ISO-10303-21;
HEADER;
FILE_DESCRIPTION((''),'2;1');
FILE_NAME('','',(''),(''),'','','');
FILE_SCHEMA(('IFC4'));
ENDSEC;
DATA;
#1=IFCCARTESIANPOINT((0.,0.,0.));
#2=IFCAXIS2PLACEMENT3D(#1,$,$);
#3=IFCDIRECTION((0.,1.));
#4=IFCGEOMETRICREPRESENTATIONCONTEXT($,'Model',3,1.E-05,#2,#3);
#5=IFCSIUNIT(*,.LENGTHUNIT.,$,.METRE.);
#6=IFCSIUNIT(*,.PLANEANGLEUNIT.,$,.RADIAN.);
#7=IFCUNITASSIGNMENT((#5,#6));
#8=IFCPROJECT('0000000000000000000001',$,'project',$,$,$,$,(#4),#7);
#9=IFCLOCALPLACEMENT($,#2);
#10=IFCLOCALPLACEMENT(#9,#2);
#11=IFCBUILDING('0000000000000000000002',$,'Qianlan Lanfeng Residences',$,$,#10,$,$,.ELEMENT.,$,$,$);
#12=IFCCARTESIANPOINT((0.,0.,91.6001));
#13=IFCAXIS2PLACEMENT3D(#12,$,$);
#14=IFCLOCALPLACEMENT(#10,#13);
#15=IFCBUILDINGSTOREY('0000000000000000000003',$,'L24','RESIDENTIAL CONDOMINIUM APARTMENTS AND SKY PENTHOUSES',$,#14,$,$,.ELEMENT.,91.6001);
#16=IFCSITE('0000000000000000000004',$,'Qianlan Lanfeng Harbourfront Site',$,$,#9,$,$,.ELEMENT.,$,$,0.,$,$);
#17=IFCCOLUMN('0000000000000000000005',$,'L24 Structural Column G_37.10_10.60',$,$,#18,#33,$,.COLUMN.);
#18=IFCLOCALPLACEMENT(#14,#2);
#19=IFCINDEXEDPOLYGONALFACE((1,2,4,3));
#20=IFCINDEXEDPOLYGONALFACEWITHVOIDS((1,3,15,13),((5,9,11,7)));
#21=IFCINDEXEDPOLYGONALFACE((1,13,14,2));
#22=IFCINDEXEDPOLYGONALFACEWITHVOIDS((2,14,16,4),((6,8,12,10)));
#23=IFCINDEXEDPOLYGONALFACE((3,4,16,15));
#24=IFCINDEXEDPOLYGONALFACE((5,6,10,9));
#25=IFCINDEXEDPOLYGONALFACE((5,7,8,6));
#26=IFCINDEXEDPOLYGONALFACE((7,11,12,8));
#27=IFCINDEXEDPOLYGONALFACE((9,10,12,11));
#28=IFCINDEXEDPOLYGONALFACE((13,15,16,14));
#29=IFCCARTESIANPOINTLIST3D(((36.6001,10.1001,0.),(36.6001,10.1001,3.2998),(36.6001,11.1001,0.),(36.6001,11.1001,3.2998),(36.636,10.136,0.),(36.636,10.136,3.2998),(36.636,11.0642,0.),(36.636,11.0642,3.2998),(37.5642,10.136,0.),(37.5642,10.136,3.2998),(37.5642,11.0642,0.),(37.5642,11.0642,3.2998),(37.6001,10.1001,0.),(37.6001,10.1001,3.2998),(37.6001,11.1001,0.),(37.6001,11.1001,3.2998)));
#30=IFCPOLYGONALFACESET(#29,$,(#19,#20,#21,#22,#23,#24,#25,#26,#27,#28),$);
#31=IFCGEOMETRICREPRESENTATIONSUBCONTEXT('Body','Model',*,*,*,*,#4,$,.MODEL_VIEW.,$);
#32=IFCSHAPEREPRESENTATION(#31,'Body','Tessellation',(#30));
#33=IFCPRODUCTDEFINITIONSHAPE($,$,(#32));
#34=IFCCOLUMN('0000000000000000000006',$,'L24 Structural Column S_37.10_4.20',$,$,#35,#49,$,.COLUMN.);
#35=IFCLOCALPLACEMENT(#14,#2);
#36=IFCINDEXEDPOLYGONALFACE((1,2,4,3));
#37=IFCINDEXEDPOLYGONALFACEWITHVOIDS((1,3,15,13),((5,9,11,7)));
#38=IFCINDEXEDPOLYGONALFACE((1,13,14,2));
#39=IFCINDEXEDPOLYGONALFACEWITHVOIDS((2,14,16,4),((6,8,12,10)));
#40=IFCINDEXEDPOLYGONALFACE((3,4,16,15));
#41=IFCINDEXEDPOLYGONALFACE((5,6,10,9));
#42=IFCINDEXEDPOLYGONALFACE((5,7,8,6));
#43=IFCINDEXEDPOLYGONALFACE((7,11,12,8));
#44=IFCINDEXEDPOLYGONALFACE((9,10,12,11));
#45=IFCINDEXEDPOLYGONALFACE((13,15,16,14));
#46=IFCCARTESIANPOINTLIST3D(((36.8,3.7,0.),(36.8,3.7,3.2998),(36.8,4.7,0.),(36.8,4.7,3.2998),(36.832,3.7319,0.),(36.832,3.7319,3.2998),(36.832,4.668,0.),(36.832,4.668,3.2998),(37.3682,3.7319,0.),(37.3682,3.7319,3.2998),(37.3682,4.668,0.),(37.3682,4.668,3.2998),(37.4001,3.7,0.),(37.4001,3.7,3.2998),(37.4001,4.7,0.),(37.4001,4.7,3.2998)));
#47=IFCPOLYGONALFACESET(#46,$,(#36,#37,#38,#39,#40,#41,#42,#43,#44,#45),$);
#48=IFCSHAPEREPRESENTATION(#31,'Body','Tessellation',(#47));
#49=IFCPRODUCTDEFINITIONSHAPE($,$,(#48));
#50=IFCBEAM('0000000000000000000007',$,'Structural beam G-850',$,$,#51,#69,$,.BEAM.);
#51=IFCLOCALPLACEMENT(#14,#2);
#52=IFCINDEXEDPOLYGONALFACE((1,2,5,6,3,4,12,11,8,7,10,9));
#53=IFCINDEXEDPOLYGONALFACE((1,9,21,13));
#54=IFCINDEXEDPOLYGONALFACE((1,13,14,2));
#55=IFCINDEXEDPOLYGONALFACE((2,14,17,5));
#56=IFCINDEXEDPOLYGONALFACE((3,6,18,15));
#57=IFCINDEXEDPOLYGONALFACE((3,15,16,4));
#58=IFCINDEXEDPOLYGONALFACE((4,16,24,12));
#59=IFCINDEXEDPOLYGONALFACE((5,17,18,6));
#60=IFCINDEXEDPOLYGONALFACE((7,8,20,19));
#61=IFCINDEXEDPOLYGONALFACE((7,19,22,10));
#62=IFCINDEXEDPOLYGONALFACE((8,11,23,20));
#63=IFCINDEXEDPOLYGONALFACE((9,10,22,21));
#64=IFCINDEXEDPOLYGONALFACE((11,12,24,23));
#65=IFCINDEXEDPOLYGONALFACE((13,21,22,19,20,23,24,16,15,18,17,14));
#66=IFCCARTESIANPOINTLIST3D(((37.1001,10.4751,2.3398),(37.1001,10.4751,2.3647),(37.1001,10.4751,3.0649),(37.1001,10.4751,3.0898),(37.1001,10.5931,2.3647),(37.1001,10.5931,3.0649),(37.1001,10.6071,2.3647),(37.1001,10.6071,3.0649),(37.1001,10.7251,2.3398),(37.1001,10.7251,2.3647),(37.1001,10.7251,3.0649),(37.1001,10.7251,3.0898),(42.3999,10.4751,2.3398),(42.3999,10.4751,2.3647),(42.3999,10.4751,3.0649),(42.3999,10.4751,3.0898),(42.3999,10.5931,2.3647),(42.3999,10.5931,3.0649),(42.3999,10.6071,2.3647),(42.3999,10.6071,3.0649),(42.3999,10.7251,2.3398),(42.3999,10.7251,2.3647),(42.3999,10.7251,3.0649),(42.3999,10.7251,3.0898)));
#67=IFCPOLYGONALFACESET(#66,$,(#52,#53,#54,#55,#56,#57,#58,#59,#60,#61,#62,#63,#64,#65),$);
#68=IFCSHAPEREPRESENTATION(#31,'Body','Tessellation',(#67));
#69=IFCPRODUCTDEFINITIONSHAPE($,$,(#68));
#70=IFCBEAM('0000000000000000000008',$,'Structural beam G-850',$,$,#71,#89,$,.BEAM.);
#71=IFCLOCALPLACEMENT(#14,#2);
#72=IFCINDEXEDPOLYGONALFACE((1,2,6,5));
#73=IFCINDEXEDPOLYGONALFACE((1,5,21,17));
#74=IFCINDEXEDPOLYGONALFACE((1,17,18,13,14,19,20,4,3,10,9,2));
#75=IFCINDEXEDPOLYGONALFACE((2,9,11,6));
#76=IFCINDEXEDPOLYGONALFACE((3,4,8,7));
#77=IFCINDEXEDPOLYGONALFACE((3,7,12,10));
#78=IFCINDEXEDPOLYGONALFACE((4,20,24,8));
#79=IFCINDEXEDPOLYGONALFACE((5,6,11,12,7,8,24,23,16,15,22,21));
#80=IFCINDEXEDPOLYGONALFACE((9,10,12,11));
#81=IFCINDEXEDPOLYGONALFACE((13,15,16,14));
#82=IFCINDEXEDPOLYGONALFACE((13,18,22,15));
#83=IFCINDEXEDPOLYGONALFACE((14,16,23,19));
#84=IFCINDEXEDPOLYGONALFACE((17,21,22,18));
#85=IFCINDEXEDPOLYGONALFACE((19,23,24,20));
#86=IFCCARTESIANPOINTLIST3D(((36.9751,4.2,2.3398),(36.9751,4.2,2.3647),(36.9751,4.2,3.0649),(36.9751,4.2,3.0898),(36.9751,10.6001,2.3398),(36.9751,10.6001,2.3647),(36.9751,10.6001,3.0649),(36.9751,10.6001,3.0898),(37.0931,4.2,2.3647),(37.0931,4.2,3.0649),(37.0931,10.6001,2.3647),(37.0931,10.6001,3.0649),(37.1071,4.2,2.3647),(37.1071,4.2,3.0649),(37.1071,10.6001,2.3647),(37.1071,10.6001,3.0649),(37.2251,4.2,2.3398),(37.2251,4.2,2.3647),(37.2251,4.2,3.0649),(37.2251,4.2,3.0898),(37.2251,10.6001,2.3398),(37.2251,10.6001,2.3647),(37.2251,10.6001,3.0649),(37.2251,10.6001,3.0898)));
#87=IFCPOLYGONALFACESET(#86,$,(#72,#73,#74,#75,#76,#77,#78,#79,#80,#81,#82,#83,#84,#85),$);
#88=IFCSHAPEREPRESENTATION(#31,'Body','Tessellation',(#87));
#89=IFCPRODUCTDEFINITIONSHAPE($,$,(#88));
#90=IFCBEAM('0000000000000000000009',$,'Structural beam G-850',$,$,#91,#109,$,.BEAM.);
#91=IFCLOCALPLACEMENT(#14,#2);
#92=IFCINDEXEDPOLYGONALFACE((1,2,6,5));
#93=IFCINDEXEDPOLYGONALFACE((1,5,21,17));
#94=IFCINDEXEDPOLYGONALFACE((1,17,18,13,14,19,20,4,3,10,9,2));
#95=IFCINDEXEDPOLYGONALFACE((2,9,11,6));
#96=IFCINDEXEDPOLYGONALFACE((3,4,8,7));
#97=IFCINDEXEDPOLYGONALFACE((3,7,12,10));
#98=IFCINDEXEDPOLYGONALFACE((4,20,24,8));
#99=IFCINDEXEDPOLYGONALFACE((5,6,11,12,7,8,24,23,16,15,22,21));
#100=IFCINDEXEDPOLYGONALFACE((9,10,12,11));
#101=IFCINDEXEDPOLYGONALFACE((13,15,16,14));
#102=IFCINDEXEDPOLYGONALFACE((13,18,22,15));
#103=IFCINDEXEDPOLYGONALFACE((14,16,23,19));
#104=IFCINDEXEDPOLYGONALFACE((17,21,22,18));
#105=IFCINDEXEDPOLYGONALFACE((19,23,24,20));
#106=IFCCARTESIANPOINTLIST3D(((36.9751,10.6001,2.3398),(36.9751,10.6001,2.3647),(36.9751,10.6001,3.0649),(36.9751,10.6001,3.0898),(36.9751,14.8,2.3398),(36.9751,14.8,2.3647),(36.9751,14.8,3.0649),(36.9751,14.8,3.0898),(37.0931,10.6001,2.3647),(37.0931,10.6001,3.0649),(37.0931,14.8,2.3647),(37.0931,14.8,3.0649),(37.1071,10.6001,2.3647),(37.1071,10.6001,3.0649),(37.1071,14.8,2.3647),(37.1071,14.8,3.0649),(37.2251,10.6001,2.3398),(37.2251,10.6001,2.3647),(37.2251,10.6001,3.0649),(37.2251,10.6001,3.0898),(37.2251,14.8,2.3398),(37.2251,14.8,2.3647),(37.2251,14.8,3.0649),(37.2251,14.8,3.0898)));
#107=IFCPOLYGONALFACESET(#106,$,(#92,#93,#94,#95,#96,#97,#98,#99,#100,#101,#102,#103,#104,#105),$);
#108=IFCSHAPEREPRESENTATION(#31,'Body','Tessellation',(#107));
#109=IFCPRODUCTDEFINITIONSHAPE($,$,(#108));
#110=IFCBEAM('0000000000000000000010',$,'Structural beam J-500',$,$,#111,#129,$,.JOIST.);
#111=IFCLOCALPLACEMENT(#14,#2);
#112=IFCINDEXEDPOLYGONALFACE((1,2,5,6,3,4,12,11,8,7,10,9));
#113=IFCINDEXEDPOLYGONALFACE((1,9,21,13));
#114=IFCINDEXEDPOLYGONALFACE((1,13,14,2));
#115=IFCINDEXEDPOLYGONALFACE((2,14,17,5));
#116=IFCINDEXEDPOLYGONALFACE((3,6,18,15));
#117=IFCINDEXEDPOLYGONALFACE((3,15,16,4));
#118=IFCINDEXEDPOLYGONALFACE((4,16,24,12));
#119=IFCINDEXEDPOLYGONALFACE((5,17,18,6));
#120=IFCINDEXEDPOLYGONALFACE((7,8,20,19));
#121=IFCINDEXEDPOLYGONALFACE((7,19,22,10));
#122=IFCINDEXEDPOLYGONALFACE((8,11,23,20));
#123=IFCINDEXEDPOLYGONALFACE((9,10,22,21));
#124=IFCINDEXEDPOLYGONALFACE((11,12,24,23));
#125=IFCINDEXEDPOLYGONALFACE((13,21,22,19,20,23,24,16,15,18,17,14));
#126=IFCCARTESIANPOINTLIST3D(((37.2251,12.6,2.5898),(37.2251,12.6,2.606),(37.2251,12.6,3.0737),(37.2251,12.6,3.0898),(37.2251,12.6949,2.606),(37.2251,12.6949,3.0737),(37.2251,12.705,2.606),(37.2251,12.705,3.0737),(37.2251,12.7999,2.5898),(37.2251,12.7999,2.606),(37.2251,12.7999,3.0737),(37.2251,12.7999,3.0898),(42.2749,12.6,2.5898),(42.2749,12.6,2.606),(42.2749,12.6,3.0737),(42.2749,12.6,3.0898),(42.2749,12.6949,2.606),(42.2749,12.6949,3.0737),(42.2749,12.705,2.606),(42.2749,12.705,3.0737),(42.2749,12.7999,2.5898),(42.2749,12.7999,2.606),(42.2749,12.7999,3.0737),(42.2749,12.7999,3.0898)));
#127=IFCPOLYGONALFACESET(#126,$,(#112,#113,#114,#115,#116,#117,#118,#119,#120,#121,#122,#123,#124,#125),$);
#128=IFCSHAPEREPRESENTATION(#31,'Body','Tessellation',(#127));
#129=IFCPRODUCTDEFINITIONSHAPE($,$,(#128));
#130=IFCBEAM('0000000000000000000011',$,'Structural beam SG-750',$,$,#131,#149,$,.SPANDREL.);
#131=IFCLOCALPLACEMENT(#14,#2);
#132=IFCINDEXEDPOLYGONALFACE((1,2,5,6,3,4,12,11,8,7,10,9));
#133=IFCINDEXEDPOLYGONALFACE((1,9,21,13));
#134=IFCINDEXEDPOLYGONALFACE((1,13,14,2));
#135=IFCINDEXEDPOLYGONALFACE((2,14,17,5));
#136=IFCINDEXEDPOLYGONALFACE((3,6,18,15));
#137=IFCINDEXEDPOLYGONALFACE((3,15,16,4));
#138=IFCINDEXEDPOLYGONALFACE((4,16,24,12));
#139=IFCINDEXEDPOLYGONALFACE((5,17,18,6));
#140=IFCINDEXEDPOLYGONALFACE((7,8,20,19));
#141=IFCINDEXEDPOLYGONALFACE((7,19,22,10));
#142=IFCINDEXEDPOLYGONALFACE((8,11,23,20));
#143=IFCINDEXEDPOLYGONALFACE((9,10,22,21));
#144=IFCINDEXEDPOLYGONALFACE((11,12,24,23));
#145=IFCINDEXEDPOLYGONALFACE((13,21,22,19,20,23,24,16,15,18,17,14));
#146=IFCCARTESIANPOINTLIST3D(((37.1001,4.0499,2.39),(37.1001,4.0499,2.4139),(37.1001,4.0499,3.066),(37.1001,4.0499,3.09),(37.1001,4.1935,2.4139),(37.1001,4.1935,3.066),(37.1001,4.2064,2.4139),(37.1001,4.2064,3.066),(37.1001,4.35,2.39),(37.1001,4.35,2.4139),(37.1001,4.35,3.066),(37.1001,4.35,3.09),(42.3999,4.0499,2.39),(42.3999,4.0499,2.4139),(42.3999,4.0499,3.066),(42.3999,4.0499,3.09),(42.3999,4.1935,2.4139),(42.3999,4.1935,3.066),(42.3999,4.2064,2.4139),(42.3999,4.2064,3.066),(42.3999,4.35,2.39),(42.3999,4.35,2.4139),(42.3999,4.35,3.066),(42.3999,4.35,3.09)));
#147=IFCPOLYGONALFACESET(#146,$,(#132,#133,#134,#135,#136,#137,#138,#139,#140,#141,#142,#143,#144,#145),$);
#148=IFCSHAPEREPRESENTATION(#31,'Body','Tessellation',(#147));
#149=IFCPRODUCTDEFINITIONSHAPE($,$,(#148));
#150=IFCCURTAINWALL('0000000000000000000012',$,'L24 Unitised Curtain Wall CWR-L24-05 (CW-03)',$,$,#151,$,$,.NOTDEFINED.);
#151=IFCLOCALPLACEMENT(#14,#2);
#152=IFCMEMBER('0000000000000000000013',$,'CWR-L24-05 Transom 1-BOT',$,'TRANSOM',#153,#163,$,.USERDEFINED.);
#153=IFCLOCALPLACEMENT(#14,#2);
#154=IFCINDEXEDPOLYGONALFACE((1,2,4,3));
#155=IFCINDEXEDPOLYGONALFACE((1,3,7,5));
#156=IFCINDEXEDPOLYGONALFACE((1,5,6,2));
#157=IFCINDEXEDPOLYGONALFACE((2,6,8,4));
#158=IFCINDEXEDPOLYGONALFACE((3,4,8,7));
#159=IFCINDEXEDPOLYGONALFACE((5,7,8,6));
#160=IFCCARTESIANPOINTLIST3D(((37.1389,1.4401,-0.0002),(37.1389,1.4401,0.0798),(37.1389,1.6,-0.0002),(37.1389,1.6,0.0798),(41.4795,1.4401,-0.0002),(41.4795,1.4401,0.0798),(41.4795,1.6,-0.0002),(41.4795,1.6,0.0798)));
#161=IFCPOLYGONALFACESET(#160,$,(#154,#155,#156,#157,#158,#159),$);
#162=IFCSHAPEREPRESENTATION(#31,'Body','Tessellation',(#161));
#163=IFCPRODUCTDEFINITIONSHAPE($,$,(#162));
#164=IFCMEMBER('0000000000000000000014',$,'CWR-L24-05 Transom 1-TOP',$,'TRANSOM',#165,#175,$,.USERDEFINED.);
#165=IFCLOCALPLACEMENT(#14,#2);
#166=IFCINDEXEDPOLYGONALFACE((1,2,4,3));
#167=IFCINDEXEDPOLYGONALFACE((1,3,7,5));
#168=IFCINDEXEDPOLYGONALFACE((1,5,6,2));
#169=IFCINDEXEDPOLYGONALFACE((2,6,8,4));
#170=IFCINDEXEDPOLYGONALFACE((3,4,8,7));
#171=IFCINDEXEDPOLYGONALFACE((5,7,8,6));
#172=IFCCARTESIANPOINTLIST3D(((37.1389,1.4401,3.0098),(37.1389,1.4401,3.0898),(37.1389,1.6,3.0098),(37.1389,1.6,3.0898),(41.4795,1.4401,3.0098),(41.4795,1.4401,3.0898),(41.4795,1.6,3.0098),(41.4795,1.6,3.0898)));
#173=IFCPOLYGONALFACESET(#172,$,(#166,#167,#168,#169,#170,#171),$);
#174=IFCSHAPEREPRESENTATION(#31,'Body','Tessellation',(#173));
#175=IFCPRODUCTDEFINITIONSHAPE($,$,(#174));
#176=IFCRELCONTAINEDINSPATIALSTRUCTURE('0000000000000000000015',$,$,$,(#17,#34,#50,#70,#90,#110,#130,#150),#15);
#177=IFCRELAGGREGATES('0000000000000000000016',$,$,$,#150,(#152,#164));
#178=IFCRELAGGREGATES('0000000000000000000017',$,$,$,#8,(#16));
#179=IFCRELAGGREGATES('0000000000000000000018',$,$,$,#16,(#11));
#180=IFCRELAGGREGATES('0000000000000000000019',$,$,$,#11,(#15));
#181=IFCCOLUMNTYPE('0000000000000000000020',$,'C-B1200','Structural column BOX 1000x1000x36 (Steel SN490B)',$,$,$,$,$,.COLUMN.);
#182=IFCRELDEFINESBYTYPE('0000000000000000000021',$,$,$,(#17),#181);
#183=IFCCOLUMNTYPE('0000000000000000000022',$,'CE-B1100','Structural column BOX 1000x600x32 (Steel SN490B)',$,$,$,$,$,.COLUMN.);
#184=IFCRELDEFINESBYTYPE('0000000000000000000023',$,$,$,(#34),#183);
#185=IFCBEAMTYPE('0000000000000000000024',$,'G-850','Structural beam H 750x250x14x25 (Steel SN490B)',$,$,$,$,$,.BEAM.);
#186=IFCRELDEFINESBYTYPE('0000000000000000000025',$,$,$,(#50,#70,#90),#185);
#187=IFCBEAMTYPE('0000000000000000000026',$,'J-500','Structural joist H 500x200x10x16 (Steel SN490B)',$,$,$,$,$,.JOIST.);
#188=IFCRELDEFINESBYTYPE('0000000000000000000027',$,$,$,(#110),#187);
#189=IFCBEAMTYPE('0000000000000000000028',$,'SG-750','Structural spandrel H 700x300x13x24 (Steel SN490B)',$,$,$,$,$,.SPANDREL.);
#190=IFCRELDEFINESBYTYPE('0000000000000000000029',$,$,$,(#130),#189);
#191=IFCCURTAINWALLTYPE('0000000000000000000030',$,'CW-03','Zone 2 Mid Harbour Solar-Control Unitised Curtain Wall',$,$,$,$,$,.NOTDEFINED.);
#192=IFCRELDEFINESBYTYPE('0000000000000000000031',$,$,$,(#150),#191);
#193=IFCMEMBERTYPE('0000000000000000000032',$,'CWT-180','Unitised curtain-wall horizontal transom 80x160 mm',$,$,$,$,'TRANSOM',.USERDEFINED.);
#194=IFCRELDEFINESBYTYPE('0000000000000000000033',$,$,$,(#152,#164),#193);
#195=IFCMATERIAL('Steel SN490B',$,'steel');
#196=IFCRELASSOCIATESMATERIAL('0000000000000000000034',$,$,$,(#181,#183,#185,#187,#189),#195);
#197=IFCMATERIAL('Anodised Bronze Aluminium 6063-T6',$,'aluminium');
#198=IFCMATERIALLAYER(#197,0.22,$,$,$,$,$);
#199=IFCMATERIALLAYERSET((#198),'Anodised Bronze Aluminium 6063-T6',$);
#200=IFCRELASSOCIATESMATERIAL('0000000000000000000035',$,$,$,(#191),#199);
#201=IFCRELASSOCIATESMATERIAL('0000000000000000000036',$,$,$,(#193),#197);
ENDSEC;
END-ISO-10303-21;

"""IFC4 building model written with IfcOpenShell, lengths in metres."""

from ifc_helpers import new_model, si_unit, direction, frame, origin, origin_2d, place, context, subcontext, project, spatial, rectangle, hollow_rectangle, i_section, extrude, source, transform, mapped, material, layer, layer_set, material_profile, profile_set, type_object, element, aggregate, save


model = new_model("IFC4")

# Units and contexts
model_context = context("Model", 3, precision=1e-05, world=origin(), true_north=direction((0.0, 1.0)))
body_context = subcontext(model_context, "Body", "Model", "MODEL_VIEW")
ifc_project = project(units=[si_unit("LENGTHUNIT", "METRE"), si_unit("PLANEANGLEUNIT", "RADIAN")], contexts=[model_context])

# Site, building, storey
site_placement = place(None, origin())
site = spatial("IfcSite", under=ifc_project, at=site_placement, Name="Qianlan Lanfeng Harbourfront Site", CompositionType="ELEMENT", RefElevation=0.0)
building_placement = place(site_placement, origin())
building = spatial("IfcBuilding", under=site, at=building_placement, Name="Qianlan Lanfeng Residences", CompositionType="ELEMENT")
storey_placement = place(building_placement, frame((0.0, 0.0, 91.6001)))
storey = spatial("IfcBuildingStorey", under=building, at=storey_placement, Name="L24", Description="RESIDENTIAL CONDOMINIUM APARTMENTS AND SKY PENTHOUSES", CompositionType="ELEMENT", Elevation=91.6001)

# Columns
ifc_material_1 = material(Name="Steel SN490B", Category="steel")
ifc_material_profile_1 = material_profile(ifc_material_1, hollow_rectangle(XDim=1.0, YDim=1.0, WallThickness=0.0359, at=origin_2d()), Name="BOX 1000x1000x36")
ifc_profile_set_1 = profile_set([ifc_material_profile_1], Name="Steel SN490B")
column_type_1 = type_object("IfcColumnType", Name="C-B1200", Description="Structural column BOX 1000x1000x36 (Steel SN490B)", PredefinedType="COLUMN", material=ifc_profile_set_1)
column_1_placement = place(storey_placement, frame((37.1001, 10.6001, 0.0), z_axis=(0.0, 0.0, 1.0), x_axis=(1.0, 0.0, 0.0)))
element("IfcColumn", 1, at=column_1_placement, inside=storey, type_object=column_type_1, Name="L24 Structural Column G_37.10_10.60", PredefinedType="COLUMN", context=body_context, shape_type="SweptSolid", body=[
    extrude(hollow_rectangle(XDim=1.0, YDim=1.0, WallThickness=0.0359, at=origin_2d()), origin(), (0.0, 0.0, 1.0), 3.2998),
])
ifc_material_profile_2 = material_profile(ifc_material_1, hollow_rectangle(XDim=0.6001, YDim=1.0, WallThickness=0.032, at=origin_2d()), Name="BOX 1000x600x32")
ifc_profile_set_2 = profile_set([ifc_material_profile_2], Name="Steel SN490B")
column_type_2 = type_object("IfcColumnType", Name="CE-B1100", Description="Structural column BOX 1000x600x32 (Steel SN490B)", PredefinedType="COLUMN", material=ifc_profile_set_2)
column_2_placement = place(storey_placement, frame((37.1001, 4.2, 0.0), z_axis=(0.0, 0.0, 1.0), x_axis=(1.0, 0.0, 0.0)))
element("IfcColumn", 2, at=column_2_placement, inside=storey, type_object=column_type_2, Name="L24 Structural Column S_37.10_4.20", PredefinedType="COLUMN", context=body_context, shape_type="SweptSolid", body=[
    extrude(hollow_rectangle(XDim=0.6001, YDim=1.0, WallThickness=0.032, at=origin_2d()), origin(), (0.0, 0.0, 1.0), 3.2998),
])

# Beams
ifc_material_profile_3 = material_profile(ifc_material_1, i_section(OverallWidth=0.25, OverallDepth=0.75, WebThickness=0.0139, FlangeThickness=0.0249, at=origin_2d()), Name="H 750x250x14x25")
ifc_profile_set_3 = profile_set([ifc_material_profile_3], Name="Steel SN490B")
beam_type_1 = type_object("IfcBeamType", Name="G-850", Description="Structural beam H 750x250x14x25 (Steel SN490B)", PredefinedType="BEAM", material=ifc_profile_set_3)
beam_1_placement = place(storey_placement, frame((37.1001, 10.6001, 2.7148), z_axis=(1.0, 0.0, 0.0), x_axis=(0.0, 1.0, 0.0)))
element("IfcBeam", 3, at=beam_1_placement, inside=storey, type_object=beam_type_1, Name="Structural beam G-850", PredefinedType="BEAM", context=body_context, shape_type="SweptSolid", body=[
    extrude(i_section(OverallWidth=0.25, OverallDepth=0.75, WebThickness=0.0139, FlangeThickness=0.0249, at=origin_2d()), origin(), (0.0, 0.0, 1.0), 5.2998),
])
beam_2_placement = place(storey_placement, frame((37.1001, 4.2, 2.7148), z_axis=(0.0, 1.0, 0.0), x_axis=(-1.0, 0.0, 0.0)))
element("IfcBeam", 4, at=beam_2_placement, inside=storey, type_object=beam_type_1, Name="Structural beam G-850", PredefinedType="BEAM", context=body_context, shape_type="SweptSolid", body=[
    extrude(i_section(OverallWidth=0.25, OverallDepth=0.75, WebThickness=0.0139, FlangeThickness=0.0249, at=origin_2d()), origin(), (0.0, 0.0, 1.0), 6.4001),
])
beam_3_placement = place(storey_placement, frame((37.1001, 10.6001, 2.7148), z_axis=(0.0, 1.0, 0.0), x_axis=(-1.0, 0.0, 0.0)))
element("IfcBeam", 5, at=beam_3_placement, inside=storey, type_object=beam_type_1, Name="Structural beam G-850", PredefinedType="BEAM", context=body_context, shape_type="SweptSolid", body=[
    extrude(i_section(OverallWidth=0.25, OverallDepth=0.75, WebThickness=0.0139, FlangeThickness=0.0249, at=origin_2d()), origin(), (0.0, 0.0, 1.0), 4.2),
])
ifc_material_profile_4 = material_profile(ifc_material_1, i_section(OverallWidth=0.2, OverallDepth=0.5, WebThickness=0.01, FlangeThickness=0.0161, at=origin_2d()), Name="H 500x200x10x16")
ifc_profile_set_4 = profile_set([ifc_material_profile_4], Name="Steel SN490B")
beam_type_2 = type_object("IfcBeamType", Name="J-500", Description="Structural joist H 500x200x10x16 (Steel SN490B)", PredefinedType="JOIST", material=ifc_profile_set_4)
beam_4_placement = place(storey_placement, frame((37.2251, 12.7, 2.8398), z_axis=(1.0, 0.0, 0.0), x_axis=(0.0, 1.0, 0.0)))
element("IfcBeam", 6, at=beam_4_placement, inside=storey, type_object=beam_type_2, Name="Structural beam J-500", PredefinedType="JOIST", context=body_context, shape_type="SweptSolid", body=[
    extrude(i_section(OverallWidth=0.2, OverallDepth=0.5, WebThickness=0.01, FlangeThickness=0.0161, at=origin_2d()), origin(), (0.0, 0.0, 1.0), 5.0498),
])
ifc_material_profile_5 = material_profile(ifc_material_1, i_section(OverallWidth=0.3, OverallDepth=0.7, WebThickness=0.0129, FlangeThickness=0.0239, at=origin_2d()), Name="H 700x300x13x24")
ifc_profile_set_5 = profile_set([ifc_material_profile_5], Name="Steel SN490B")
beam_type_3 = type_object("IfcBeamType", Name="SG-750", Description="Structural spandrel H 700x300x13x24 (Steel SN490B)", PredefinedType="SPANDREL", material=ifc_profile_set_5)
beam_5_placement = place(storey_placement, frame((37.1001, 4.2, 2.74), z_axis=(1.0, 0.0, 0.0), x_axis=(0.0, 1.0, 0.0)))
element("IfcBeam", 7, at=beam_5_placement, inside=storey, type_object=beam_type_3, Name="Structural beam SG-750", PredefinedType="SPANDREL", context=body_context, shape_type="SweptSolid", body=[
    extrude(i_section(OverallWidth=0.3, OverallDepth=0.7, WebThickness=0.0129, FlangeThickness=0.0239, at=origin_2d()), origin(), (0.0, 0.0, 1.0), 5.2998),
])

# Curtain wall, members
ifc_material_2 = material(Name="Anodised Bronze Aluminium 6063-T6", Category="aluminium")
ifc_layer_1 = layer(ifc_material_2, 0.22)
ifc_layer_set_1 = layer_set([ifc_layer_1], Name="Anodised Bronze Aluminium 6063-T6")
curtain_wall_type = type_object("IfcCurtainWallType", Name="CW-03", Description="Zone 2 Mid Harbour Solar-Control Unitised Curtain Wall", PredefinedType="NOTDEFINED", material=ifc_layer_set_1)
curtain_wall_1_placement = place(storey_placement, origin())
curtain_wall_1 = element("IfcCurtainWall", 8, at=curtain_wall_1_placement, inside=storey, type_object=curtain_wall_type, Name="L24 Unitised Curtain Wall CWR-L24-05 (CW-03)", PredefinedType="NOTDEFINED")
ifc_material_profile_6 = material_profile(ifc_material_2, rectangle(XDim=0.0801, YDim=0.1599, at=origin_2d()), Name="ALU TRANSOM 80x160")
ifc_profile_set_6 = profile_set([ifc_material_profile_6], Name="Anodised Bronze Aluminium 6063-T6")
member_type_1 = type_object("IfcMemberType", Name="CWT-180", Description="Unitised curtain-wall horizontal transom 80x160 mm", ElementType="TRANSOM", PredefinedType="USERDEFINED", material=ifc_profile_set_6)
shared_shape_1 = source(origin(), body_context, "Body", "SweptSolid", [
    extrude(rectangle(XDim=0.0801, YDim=0.1599, at=origin_2d()), origin(), (0.0, 0.0, 1.0), 4.3406),
])
member_1_placement = place(storey_placement, frame((37.1389, 1.52, 0.0398), z_axis=(1.0, 0.0, 0.0), x_axis=(0.0, 0.0, 1.0)))
member_1 = element("IfcMember", 9, at=member_1_placement, type_object=member_type_1, Name="CWR-L24-05 Transom 1-BOT", ObjectType="TRANSOM", PredefinedType="USERDEFINED", context=body_context, shape_type="MappedRepresentation", body=[
    mapped(shared_shape_1, transform((0.0, 0.0, 0.0), scale=1.0)),
])
member_2_placement = place(storey_placement, frame((37.1389, 1.52, 3.0498), z_axis=(1.0, 0.0, 0.0), x_axis=(0.0, 0.0, 1.0)))
member_2 = element("IfcMember", 10, at=member_2_placement, type_object=member_type_1, Name="CWR-L24-05 Transom 1-TOP", ObjectType="TRANSOM", PredefinedType="USERDEFINED", context=body_context, shape_type="MappedRepresentation", body=[
    mapped(shared_shape_1, transform((0.0, 0.0, 0.0), scale=1.0)),
])

aggregate(curtain_wall_1, [member_1, member_2])

save(model, "model.ifc")
